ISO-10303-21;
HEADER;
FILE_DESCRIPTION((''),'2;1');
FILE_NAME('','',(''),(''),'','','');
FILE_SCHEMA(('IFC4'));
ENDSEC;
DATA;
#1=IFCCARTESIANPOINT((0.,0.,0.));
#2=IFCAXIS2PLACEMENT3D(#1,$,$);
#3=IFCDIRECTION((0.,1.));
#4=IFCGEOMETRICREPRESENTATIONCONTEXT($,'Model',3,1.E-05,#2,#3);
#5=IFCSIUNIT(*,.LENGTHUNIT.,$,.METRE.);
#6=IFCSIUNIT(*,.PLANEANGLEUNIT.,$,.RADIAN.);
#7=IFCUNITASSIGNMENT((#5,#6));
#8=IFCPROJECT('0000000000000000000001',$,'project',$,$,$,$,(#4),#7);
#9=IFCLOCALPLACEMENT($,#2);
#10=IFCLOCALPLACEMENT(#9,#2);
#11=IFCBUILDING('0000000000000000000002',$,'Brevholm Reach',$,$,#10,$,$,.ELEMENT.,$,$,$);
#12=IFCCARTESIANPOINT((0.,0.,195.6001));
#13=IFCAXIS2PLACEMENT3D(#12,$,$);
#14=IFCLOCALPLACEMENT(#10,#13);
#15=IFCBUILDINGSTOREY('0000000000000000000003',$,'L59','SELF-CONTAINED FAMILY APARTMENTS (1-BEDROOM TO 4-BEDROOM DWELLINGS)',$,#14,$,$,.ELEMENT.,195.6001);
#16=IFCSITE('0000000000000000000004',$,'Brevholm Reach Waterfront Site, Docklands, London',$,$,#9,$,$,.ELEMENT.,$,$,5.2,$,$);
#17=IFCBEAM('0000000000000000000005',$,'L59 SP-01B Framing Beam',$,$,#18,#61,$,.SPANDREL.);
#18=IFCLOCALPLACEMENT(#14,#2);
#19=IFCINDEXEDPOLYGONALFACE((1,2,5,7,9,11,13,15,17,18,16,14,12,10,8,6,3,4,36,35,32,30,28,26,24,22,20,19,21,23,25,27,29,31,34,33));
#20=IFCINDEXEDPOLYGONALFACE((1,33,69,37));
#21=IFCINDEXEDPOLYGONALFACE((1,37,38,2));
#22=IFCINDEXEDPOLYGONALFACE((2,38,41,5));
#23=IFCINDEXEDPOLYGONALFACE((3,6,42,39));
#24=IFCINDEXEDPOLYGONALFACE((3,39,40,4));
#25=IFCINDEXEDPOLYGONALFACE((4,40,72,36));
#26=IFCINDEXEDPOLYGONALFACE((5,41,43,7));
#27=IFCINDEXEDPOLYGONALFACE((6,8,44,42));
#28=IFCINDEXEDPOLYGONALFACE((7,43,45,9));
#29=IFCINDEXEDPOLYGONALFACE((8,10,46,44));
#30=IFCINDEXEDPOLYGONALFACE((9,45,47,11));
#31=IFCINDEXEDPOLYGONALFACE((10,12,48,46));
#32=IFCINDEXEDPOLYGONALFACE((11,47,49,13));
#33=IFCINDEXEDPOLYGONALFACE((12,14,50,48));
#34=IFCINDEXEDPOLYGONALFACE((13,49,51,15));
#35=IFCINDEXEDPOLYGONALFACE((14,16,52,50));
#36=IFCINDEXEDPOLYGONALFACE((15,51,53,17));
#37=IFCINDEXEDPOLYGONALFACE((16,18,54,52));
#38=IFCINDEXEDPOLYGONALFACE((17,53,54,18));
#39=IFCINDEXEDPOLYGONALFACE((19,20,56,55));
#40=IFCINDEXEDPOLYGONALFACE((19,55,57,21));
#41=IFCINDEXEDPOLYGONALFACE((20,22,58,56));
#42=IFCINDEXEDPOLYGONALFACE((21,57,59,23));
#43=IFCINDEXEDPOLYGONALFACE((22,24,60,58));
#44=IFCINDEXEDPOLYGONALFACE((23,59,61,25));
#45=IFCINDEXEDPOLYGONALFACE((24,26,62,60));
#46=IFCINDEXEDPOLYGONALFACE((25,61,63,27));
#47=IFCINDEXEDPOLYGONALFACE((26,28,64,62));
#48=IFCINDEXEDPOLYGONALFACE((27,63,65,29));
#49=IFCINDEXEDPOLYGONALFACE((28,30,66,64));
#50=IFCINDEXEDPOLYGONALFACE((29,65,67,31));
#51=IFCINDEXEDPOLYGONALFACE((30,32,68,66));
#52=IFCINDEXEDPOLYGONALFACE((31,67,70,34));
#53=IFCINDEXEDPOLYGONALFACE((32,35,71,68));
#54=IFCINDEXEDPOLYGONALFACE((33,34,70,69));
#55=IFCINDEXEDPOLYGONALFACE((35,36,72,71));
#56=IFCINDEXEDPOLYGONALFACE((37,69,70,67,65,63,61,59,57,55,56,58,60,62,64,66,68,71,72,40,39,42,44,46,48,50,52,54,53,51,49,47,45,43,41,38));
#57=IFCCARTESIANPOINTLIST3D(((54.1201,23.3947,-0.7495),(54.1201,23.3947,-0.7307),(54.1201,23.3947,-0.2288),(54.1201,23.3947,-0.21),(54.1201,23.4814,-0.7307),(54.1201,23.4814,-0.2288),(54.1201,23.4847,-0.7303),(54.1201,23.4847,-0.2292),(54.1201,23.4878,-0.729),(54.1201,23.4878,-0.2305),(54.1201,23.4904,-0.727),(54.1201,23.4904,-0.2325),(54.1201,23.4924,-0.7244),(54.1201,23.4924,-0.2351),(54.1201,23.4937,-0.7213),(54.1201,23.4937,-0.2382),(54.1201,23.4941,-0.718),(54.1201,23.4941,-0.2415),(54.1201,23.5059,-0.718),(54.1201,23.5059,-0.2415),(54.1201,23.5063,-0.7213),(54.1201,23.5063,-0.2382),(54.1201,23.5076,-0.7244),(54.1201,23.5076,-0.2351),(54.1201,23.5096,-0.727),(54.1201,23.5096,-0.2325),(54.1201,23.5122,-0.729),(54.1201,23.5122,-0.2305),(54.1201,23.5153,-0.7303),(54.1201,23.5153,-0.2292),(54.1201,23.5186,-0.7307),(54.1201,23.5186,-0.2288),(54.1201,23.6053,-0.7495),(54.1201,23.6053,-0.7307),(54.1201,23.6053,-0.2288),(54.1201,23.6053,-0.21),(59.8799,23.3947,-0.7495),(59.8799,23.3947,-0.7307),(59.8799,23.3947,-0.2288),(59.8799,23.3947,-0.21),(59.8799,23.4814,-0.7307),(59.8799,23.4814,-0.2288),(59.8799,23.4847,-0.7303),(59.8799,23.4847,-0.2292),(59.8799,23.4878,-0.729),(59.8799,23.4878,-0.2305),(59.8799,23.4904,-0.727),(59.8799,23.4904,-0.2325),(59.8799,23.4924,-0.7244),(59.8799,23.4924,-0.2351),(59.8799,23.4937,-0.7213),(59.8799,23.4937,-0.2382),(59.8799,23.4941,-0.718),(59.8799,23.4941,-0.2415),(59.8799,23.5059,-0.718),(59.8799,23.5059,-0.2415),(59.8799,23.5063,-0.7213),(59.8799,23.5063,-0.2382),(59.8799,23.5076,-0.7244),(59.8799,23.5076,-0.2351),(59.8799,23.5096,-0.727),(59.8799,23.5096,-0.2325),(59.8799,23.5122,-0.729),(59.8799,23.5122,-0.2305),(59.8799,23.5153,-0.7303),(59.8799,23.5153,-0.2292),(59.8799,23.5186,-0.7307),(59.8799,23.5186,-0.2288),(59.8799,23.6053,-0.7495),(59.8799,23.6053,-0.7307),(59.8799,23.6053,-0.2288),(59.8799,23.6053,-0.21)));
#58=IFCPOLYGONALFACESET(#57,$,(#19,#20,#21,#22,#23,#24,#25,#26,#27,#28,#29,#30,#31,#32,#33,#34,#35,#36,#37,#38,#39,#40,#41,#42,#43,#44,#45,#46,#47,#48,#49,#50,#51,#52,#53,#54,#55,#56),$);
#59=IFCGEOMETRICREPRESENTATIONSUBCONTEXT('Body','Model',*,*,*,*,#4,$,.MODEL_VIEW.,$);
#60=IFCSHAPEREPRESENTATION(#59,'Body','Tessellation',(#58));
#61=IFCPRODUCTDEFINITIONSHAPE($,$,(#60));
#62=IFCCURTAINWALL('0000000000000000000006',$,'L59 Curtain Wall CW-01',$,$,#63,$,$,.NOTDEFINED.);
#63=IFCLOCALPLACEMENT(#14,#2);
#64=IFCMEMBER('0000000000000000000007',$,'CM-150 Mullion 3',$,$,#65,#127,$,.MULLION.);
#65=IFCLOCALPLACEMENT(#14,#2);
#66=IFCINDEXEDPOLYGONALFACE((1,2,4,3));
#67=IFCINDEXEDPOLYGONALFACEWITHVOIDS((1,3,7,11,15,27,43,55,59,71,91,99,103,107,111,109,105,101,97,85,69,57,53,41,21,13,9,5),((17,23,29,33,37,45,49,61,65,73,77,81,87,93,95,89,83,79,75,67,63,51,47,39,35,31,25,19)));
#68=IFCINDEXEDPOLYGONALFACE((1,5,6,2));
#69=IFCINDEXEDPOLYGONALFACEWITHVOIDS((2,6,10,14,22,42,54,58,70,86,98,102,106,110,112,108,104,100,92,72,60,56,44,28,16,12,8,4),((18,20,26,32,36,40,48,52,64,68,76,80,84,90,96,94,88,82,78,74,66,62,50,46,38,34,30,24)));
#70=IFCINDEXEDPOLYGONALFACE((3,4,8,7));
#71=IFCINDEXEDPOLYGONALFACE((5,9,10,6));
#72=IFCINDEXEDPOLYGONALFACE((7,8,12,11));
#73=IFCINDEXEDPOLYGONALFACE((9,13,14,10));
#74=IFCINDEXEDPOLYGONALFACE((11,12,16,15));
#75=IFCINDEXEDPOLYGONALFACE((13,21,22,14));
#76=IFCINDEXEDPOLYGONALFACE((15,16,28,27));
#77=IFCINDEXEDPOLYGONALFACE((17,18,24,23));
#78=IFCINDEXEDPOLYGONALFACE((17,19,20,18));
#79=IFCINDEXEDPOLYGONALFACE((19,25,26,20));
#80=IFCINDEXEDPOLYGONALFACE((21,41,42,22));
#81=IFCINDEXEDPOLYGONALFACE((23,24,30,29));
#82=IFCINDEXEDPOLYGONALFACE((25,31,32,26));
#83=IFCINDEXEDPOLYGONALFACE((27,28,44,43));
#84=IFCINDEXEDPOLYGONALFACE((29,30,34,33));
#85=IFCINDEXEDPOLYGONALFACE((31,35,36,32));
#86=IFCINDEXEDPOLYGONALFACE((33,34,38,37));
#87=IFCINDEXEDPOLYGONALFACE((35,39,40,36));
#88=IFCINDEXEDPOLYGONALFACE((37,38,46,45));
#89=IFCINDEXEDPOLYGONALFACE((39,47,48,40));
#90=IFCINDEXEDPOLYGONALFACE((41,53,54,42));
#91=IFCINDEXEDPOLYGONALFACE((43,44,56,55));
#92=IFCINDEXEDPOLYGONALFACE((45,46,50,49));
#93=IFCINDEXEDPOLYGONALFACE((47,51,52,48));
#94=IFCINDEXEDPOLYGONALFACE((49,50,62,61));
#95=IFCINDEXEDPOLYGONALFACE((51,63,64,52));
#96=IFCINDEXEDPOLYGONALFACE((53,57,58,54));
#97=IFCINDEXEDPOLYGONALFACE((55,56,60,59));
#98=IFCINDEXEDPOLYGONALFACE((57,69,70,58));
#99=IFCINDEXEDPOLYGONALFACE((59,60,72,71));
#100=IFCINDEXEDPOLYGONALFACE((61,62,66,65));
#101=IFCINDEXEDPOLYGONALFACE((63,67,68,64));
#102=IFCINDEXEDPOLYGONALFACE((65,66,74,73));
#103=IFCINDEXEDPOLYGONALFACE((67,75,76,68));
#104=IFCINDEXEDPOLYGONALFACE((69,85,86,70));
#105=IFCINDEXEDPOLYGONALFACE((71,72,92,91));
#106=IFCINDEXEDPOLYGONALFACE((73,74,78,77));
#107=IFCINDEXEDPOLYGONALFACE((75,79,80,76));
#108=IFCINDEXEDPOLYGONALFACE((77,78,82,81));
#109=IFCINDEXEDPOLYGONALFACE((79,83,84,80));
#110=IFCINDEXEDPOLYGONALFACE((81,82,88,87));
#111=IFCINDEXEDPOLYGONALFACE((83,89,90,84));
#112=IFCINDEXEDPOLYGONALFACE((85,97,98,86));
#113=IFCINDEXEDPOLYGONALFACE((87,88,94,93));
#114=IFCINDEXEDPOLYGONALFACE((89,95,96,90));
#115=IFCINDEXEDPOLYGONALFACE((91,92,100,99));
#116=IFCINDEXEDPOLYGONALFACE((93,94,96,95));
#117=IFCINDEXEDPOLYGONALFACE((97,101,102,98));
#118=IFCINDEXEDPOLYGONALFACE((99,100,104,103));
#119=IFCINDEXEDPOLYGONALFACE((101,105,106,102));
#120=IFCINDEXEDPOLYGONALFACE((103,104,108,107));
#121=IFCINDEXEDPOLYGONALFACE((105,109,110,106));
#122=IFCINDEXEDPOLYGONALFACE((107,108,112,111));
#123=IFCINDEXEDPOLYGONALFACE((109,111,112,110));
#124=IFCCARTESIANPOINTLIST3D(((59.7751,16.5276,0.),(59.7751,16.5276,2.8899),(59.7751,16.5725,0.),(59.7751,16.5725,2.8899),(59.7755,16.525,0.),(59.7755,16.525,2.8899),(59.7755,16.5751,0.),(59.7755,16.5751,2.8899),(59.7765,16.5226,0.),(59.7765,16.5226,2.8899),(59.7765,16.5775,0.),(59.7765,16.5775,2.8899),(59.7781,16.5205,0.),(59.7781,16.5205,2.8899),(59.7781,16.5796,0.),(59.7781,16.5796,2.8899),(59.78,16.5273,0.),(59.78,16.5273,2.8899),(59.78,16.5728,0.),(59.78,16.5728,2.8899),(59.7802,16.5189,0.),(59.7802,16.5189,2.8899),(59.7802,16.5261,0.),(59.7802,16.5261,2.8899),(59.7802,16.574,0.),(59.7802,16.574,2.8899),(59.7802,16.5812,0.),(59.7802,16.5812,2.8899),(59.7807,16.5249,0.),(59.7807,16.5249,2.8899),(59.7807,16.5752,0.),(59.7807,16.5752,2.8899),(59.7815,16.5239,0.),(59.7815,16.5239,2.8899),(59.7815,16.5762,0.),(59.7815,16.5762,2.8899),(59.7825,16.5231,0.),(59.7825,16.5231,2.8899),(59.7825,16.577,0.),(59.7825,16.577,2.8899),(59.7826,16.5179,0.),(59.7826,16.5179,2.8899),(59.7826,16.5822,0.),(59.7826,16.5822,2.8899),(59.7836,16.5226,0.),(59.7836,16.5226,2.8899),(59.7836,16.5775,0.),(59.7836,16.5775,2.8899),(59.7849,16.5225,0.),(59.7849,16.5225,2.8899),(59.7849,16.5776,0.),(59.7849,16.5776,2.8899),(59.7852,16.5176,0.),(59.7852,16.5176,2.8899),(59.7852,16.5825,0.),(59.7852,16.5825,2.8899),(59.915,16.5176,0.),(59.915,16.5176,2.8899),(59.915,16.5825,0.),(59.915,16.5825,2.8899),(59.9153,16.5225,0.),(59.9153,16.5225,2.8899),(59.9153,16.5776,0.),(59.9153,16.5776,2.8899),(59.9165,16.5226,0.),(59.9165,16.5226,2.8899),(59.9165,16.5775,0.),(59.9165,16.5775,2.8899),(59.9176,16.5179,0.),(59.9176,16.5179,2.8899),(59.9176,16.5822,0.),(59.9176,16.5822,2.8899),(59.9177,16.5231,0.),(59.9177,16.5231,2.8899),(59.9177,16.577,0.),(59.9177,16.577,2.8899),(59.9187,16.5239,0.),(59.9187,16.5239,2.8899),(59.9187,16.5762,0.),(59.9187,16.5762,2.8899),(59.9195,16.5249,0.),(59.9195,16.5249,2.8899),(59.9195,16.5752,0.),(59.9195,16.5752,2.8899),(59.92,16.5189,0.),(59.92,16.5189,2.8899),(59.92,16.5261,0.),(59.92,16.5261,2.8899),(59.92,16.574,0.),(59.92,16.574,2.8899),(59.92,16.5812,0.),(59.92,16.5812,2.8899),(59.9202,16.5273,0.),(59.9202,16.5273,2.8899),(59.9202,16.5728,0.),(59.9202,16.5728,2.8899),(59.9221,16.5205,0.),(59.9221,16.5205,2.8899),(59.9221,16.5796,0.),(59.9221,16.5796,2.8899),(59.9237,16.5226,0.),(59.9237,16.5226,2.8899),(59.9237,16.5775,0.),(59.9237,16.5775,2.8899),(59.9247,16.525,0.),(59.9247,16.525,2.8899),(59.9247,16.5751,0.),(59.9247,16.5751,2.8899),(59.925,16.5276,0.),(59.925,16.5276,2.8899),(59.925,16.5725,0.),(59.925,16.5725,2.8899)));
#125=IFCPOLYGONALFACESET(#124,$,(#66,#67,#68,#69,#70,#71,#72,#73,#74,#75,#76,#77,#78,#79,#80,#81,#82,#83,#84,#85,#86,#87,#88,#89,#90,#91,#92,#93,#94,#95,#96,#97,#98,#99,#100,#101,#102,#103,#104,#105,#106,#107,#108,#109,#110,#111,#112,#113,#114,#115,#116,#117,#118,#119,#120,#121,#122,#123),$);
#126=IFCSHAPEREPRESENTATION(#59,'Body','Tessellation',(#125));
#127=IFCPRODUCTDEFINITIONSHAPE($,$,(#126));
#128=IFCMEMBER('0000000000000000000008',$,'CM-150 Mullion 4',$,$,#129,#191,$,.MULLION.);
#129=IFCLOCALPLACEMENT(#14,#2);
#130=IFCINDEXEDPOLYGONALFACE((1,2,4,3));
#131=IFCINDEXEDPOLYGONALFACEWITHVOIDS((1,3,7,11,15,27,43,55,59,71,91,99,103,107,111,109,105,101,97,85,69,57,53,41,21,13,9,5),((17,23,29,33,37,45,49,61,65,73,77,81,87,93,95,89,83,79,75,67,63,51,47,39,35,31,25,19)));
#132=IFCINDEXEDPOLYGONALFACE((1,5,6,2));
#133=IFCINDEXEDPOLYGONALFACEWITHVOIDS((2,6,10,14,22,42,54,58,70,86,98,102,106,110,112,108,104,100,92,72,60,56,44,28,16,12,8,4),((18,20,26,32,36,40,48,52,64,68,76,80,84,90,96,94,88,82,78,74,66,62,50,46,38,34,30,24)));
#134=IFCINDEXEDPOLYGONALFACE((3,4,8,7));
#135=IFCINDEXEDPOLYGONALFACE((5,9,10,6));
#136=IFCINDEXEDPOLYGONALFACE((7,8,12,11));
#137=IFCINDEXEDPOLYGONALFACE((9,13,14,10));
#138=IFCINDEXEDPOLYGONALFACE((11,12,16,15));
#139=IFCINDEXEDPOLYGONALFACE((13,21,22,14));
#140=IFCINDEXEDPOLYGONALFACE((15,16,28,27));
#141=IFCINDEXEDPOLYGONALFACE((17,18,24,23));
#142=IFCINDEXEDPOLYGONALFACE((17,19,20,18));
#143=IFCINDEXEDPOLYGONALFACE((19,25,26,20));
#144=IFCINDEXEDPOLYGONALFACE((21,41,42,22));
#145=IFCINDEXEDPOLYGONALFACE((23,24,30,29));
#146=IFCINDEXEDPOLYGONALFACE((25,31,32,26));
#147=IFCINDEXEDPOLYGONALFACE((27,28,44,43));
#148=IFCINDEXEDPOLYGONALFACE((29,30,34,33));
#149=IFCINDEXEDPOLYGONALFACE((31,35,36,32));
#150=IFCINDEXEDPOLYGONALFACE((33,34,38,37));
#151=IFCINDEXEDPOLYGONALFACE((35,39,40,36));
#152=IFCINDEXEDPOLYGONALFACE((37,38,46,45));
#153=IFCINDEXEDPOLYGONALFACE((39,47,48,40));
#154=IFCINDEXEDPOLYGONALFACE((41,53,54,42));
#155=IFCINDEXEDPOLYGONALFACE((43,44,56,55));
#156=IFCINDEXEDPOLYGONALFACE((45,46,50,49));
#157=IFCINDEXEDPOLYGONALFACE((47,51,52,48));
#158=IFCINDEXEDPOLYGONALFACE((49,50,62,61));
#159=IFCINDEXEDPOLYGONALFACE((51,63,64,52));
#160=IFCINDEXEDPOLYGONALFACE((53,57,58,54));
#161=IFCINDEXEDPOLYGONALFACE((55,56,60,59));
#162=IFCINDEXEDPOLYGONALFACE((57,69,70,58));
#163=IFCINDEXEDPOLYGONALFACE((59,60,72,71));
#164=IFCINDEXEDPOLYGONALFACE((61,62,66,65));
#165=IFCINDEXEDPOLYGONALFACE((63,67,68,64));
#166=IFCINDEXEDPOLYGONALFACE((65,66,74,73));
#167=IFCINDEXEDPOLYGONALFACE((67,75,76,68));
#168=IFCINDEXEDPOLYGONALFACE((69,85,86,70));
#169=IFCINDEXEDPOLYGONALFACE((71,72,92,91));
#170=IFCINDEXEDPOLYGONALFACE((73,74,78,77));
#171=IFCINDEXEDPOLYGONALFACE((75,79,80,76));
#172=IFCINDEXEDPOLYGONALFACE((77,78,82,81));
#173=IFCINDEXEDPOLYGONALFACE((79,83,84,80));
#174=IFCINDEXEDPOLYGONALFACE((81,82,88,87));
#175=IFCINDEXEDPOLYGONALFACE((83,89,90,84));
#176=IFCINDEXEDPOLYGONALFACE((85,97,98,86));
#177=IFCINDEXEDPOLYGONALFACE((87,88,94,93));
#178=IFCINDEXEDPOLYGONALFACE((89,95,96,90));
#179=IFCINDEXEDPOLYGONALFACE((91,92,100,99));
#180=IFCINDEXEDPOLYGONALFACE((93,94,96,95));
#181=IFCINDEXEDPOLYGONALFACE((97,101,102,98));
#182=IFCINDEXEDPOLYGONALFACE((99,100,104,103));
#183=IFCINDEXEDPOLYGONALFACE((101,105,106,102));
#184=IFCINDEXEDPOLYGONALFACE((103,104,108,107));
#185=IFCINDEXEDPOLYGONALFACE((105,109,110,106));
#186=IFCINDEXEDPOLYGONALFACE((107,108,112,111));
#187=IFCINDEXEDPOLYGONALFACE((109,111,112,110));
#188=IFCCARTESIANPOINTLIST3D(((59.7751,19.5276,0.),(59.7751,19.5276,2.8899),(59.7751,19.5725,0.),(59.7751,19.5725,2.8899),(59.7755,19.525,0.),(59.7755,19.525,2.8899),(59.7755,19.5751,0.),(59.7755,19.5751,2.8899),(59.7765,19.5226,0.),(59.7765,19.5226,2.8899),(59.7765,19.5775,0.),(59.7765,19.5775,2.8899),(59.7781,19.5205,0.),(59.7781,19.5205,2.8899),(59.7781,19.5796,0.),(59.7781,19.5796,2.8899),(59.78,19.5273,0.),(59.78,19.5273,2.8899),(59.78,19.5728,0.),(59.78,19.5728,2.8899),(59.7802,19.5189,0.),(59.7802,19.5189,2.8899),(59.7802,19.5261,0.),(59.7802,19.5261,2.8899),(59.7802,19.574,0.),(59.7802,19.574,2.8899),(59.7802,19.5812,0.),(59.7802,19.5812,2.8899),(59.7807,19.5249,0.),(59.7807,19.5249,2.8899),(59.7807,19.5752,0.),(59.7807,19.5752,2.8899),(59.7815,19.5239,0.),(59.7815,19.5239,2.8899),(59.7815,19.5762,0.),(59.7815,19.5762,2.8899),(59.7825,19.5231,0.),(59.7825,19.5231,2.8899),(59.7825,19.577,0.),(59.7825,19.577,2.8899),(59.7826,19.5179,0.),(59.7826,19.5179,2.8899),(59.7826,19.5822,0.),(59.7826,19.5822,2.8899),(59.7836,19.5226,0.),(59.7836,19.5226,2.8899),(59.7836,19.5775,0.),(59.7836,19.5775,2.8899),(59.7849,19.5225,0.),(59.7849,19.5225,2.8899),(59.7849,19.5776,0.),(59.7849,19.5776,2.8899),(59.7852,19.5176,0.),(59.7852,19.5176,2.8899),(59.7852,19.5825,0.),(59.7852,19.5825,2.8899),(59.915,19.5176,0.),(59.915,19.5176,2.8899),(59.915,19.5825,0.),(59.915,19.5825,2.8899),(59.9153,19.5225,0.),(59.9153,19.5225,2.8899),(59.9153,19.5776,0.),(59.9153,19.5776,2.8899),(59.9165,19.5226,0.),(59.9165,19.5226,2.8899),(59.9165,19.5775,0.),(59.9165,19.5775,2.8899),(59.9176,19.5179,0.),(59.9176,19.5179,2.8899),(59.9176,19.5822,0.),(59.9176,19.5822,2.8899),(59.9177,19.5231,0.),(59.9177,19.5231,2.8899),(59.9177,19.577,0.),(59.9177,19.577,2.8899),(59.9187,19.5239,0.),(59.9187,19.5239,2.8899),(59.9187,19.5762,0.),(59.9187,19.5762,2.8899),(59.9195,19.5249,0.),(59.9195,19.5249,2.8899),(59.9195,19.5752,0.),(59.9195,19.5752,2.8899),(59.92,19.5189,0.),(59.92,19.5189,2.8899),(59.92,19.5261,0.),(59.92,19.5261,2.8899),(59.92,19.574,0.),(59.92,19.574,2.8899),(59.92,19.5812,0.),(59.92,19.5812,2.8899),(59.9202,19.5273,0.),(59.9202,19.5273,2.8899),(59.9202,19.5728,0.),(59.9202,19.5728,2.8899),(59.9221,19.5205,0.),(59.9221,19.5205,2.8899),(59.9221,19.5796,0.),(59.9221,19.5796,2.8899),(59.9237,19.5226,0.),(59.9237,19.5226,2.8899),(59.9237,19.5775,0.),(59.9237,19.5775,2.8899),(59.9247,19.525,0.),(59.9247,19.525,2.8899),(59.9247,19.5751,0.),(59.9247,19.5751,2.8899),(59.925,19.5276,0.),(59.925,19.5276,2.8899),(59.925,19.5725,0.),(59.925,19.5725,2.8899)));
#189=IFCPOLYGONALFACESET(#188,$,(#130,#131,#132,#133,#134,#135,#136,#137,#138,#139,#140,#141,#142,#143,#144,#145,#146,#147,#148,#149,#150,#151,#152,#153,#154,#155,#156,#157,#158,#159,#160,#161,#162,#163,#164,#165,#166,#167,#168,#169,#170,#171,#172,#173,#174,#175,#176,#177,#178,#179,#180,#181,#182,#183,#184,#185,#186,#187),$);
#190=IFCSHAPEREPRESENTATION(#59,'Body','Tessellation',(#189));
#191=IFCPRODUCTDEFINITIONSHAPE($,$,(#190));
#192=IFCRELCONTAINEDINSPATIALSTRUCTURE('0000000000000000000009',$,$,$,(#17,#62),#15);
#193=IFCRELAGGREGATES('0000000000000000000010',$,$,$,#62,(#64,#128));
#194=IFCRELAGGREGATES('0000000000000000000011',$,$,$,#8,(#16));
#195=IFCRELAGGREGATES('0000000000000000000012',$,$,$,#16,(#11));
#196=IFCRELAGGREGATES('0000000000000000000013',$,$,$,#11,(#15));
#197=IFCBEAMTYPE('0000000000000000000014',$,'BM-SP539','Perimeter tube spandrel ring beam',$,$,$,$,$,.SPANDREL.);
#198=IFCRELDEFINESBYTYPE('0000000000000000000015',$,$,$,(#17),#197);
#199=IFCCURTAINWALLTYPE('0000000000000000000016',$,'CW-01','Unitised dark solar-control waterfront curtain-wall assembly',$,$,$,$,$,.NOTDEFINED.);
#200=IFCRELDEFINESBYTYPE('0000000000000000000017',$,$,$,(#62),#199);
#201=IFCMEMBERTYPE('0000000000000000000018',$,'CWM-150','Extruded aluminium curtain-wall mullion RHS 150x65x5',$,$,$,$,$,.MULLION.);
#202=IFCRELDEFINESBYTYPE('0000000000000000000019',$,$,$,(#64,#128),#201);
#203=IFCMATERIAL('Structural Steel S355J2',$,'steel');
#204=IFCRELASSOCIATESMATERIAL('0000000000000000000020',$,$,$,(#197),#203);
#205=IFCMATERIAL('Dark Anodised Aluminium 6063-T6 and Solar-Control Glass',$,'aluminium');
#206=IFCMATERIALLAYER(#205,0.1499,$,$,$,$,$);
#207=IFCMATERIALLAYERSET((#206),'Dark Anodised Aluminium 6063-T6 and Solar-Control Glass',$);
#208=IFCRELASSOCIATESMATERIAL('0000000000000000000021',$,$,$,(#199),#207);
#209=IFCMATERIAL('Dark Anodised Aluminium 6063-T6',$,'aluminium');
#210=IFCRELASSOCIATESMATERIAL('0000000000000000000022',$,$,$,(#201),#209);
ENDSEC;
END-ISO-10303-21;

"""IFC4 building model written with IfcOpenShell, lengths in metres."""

from ifc_helpers import new_model, si_unit, direction, frame, origin, origin_2d, place, context, subcontext, project, spatial, hollow_rectangle, i_section, extrude, material, layer, layer_set, material_profile, profile_set, type_object, element, aggregate, save


model = new_model("IFC4")

# Units and contexts
model_context = context("Model", 3, precision=1e-05, world=origin(), true_north=direction((0.0, 1.0)))
body_context = subcontext(model_context, "Body", "Model", "MODEL_VIEW")
ifc_project = project(units=[si_unit("LENGTHUNIT", "METRE"), si_unit("PLANEANGLEUNIT", "RADIAN")], contexts=[model_context])

# Site, building, storey
site_placement = place(None, origin())
site = spatial("IfcSite", under=ifc_project, at=site_placement, Name="Brevholm Reach Waterfront Site, Docklands, London", CompositionType="ELEMENT", RefElevation=5.2)
building_placement = place(site_placement, origin())
building = spatial("IfcBuilding", under=site, at=building_placement, Name="Brevholm Reach", CompositionType="ELEMENT")
storey_placement = place(building_placement, frame((0.0, 0.0, 195.6001)))
storey = spatial("IfcBuildingStorey", under=building, at=storey_placement, Name="L59", Description="SELF-CONTAINED FAMILY APARTMENTS (1-BEDROOM TO 4-BEDROOM DWELLINGS)", CompositionType="ELEMENT", Elevation=195.6001)

# Beam
ifc_material_1 = material(Name="Structural Steel S355J2", Category="steel")
ifc_material_profile_1 = material_profile(ifc_material_1, i_section(OverallWidth=0.2107, OverallDepth=0.5396, WebThickness=0.0117, FlangeThickness=0.0188, FilletRadius=0.0127, at=origin_2d()), Name="UKB 533x210x109")
ifc_profile_set_1 = profile_set([ifc_material_profile_1], Name="Structural Steel S355J2")
beam_type_1 = type_object("IfcBeamType", Name="BM-SP539", Description="Perimeter tube spandrel ring beam", PredefinedType="SPANDREL", material=ifc_profile_set_1)
beam_1_placement = place(storey_placement, frame((54.1201, 23.5, -0.4797), z_axis=(1.0, 0.0, 0.0), x_axis=(0.0, 1.0, 0.0)))
element("IfcBeam", 1, at=beam_1_placement, inside=storey, type_object=beam_type_1, Name="L59 SP-01B Framing Beam", PredefinedType="SPANDREL", context=body_context, shape_type="SweptSolid", body=[
    extrude(i_section(OverallWidth=0.2107, OverallDepth=0.5396, WebThickness=0.0117, FlangeThickness=0.0188, FilletRadius=0.0127, at=origin_2d()), origin(), (0.0, 0.0, 1.0), 5.7598),
])

# Curtain wall, members
ifc_material_2 = material(Name="Dark Anodised Aluminium 6063-T6 and Solar-Control Glass", Category="aluminium")
ifc_layer_1 = layer(ifc_material_2, 0.1499)
ifc_layer_set_1 = layer_set([ifc_layer_1], Name="Dark Anodised Aluminium 6063-T6 and Solar-Control Glass")
curtain_wall_type = type_object("IfcCurtainWallType", Name="CW-01", Description="Unitised dark solar-control waterfront curtain-wall assembly", PredefinedType="NOTDEFINED", material=ifc_layer_set_1)
curtain_wall_placement = place(storey_placement, origin())
curtain_wall = element("IfcCurtainWall", 2, at=curtain_wall_placement, inside=storey, type_object=curtain_wall_type, Name="L59 Curtain Wall CW-01", PredefinedType="NOTDEFINED")
ifc_material_3 = material(Name="Dark Anodised Aluminium 6063-T6", Category="aluminium")
ifc_material_profile_2 = material_profile(ifc_material_3, hollow_rectangle(XDim=0.0649, YDim=0.1499, WallThickness=0.0049, InnerFilletRadius=0.0049, OuterFilletRadius=0.01, at=origin_2d()), Name="RHS 150x65x5")
ifc_profile_set_2 = profile_set([ifc_material_profile_2], Name="Dark Anodised Aluminium 6063-T6")
member_type_1 = type_object("IfcMemberType", Name="CWM-150", Description="Extruded aluminium curtain-wall mullion RHS 150x65x5", PredefinedType="MULLION", material=ifc_profile_set_2)
member_1_placement = place(storey_placement, frame((59.8501, 16.55, 0.0), z_axis=(0.0, 0.0, 1.0), x_axis=(0.0, 1.0, 0.0)))
member_1 = element("IfcMember", 3, at=member_1_placement, type_object=member_type_1, Name="CM-150 Mullion 3", PredefinedType="MULLION", context=body_context, shape_type="SweptSolid", body=[
    extrude(hollow_rectangle(XDim=0.0649, YDim=0.1499, WallThickness=0.0049, InnerFilletRadius=0.0049, OuterFilletRadius=0.01, at=origin_2d()), origin(), (0.0, 0.0, 1.0), 2.8899),
])
member_2_placement = place(storey_placement, frame((59.8501, 19.55, 0.0), z_axis=(0.0, 0.0, 1.0), x_axis=(0.0, 1.0, 0.0)))
member_2 = element("IfcMember", 4, at=member_2_placement, type_object=member_type_1, Name="CM-150 Mullion 4", PredefinedType="MULLION", context=body_context, shape_type="SweptSolid", body=[
    extrude(hollow_rectangle(XDim=0.0649, YDim=0.1499, WallThickness=0.0049, InnerFilletRadius=0.0049, OuterFilletRadius=0.01, at=origin_2d()), origin(), (0.0, 0.0, 1.0), 2.8899),
])
aggregate(curtain_wall, [member_1, member_2])

save(model, "model.ifc")
